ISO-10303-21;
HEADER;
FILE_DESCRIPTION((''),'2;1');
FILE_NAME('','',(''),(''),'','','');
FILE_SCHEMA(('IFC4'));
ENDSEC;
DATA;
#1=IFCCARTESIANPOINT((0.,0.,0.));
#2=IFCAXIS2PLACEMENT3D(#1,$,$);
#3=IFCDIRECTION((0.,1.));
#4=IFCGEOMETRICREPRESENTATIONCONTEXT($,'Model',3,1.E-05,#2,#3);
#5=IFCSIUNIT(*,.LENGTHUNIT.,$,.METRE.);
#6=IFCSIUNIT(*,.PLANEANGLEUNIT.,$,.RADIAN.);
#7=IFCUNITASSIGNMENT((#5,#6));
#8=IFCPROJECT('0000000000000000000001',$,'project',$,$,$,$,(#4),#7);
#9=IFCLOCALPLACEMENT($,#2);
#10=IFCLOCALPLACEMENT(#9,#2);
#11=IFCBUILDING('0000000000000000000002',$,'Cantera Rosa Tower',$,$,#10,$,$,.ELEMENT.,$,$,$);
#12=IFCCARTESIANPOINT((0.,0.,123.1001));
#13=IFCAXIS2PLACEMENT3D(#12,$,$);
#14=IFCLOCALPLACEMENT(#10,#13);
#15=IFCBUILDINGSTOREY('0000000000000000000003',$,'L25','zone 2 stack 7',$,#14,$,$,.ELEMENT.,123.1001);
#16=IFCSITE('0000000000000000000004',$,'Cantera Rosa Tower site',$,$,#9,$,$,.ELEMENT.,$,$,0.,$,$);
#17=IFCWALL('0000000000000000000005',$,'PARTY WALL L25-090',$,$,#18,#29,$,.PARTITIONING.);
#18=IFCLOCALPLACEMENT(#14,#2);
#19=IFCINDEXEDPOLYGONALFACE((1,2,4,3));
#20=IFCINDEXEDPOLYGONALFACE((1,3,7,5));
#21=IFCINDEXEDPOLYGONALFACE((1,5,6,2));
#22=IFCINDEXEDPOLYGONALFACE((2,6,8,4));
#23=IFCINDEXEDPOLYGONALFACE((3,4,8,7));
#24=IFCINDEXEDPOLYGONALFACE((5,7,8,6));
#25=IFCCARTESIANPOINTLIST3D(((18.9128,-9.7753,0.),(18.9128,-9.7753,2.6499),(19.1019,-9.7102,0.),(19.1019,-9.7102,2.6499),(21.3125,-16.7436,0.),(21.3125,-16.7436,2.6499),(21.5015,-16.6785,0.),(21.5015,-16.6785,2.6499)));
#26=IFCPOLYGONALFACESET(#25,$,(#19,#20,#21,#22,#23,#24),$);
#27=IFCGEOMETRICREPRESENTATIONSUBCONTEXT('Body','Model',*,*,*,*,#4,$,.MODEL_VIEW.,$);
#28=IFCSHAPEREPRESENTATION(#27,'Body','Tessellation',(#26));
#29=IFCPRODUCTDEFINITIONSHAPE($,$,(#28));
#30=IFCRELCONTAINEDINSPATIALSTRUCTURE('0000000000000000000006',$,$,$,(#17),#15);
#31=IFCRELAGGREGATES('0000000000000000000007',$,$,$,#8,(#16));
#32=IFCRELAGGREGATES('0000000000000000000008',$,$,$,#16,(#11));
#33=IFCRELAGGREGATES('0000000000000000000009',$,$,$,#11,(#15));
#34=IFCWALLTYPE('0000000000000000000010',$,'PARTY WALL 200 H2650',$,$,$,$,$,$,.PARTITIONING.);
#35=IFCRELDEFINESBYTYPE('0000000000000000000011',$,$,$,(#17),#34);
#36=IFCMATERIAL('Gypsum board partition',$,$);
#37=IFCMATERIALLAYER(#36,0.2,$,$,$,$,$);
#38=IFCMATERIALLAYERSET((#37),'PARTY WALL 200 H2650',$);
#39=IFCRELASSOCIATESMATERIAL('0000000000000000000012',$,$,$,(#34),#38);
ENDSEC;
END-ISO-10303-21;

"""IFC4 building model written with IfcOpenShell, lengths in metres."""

from ifc_helpers import new_model, si_unit, direction, frame, frame_2d, origin, place, context, subcontext, project, spatial, rectangle, extrude, material, layer, layer_set, type_object, element, save


model = new_model("IFC4")

# Units and contexts
model_context = context("Model", 3, precision=1e-05, world=origin(), true_north=direction((0.0, 1.0)))
body_context = subcontext(model_context, "Body", "Model", "MODEL_VIEW")
ifc_project = project(units=[si_unit("LENGTHUNIT", "METRE"), si_unit("PLANEANGLEUNIT", "RADIAN")], contexts=[model_context])

# Site, building, storey
site_placement = place(None, origin())
site = spatial("IfcSite", under=ifc_project, at=site_placement, Name="Cantera Rosa Tower site", CompositionType="ELEMENT", RefElevation=0.0)
building_placement = place(site_placement, origin())
building = spatial("IfcBuilding", under=site, at=building_placement, Name="Cantera Rosa Tower", CompositionType="ELEMENT")
storey_placement = place(building_placement, frame((0.0, 0.0, 123.1001)))
storey = spatial("IfcBuildingStorey", under=building, at=storey_placement, Name="L25", Description="zone 2 stack 7", CompositionType="ELEMENT", Elevation=123.1001)

# Wall
ifc_material_1 = material(Name="Gypsum board partition")
ifc_layer_1 = layer(ifc_material_1, 0.2)
ifc_layer_set_1 = layer_set([ifc_layer_1], Name="PARTY WALL 200 H2650")
wall_type_1 = type_object("IfcWallType", Name="PARTY WALL 200 H2650", PredefinedType="PARTITIONING", material=ifc_layer_set_1)
wall_1_placement = place(storey_placement, frame((19.0073, -9.7427, 0.0), z_axis=(0.0, 0.0, 1.0), x_axis=(0.325604, -0.945506, 0.0)))
element("IfcWall", 1, at=wall_1_placement, inside=storey, type_object=wall_type_1, Name="PARTY WALL L25-090", PredefinedType="PARTITIONING", context=body_context, shape_type="SweptSolid", body=[
    extrude(rectangle(XDim=7.3699, YDim=0.2, at=frame_2d((3.6851, 0.0))), origin(), (0.0, 0.0, 1.0), 2.6499),
])

save(model, "model.ifc")
